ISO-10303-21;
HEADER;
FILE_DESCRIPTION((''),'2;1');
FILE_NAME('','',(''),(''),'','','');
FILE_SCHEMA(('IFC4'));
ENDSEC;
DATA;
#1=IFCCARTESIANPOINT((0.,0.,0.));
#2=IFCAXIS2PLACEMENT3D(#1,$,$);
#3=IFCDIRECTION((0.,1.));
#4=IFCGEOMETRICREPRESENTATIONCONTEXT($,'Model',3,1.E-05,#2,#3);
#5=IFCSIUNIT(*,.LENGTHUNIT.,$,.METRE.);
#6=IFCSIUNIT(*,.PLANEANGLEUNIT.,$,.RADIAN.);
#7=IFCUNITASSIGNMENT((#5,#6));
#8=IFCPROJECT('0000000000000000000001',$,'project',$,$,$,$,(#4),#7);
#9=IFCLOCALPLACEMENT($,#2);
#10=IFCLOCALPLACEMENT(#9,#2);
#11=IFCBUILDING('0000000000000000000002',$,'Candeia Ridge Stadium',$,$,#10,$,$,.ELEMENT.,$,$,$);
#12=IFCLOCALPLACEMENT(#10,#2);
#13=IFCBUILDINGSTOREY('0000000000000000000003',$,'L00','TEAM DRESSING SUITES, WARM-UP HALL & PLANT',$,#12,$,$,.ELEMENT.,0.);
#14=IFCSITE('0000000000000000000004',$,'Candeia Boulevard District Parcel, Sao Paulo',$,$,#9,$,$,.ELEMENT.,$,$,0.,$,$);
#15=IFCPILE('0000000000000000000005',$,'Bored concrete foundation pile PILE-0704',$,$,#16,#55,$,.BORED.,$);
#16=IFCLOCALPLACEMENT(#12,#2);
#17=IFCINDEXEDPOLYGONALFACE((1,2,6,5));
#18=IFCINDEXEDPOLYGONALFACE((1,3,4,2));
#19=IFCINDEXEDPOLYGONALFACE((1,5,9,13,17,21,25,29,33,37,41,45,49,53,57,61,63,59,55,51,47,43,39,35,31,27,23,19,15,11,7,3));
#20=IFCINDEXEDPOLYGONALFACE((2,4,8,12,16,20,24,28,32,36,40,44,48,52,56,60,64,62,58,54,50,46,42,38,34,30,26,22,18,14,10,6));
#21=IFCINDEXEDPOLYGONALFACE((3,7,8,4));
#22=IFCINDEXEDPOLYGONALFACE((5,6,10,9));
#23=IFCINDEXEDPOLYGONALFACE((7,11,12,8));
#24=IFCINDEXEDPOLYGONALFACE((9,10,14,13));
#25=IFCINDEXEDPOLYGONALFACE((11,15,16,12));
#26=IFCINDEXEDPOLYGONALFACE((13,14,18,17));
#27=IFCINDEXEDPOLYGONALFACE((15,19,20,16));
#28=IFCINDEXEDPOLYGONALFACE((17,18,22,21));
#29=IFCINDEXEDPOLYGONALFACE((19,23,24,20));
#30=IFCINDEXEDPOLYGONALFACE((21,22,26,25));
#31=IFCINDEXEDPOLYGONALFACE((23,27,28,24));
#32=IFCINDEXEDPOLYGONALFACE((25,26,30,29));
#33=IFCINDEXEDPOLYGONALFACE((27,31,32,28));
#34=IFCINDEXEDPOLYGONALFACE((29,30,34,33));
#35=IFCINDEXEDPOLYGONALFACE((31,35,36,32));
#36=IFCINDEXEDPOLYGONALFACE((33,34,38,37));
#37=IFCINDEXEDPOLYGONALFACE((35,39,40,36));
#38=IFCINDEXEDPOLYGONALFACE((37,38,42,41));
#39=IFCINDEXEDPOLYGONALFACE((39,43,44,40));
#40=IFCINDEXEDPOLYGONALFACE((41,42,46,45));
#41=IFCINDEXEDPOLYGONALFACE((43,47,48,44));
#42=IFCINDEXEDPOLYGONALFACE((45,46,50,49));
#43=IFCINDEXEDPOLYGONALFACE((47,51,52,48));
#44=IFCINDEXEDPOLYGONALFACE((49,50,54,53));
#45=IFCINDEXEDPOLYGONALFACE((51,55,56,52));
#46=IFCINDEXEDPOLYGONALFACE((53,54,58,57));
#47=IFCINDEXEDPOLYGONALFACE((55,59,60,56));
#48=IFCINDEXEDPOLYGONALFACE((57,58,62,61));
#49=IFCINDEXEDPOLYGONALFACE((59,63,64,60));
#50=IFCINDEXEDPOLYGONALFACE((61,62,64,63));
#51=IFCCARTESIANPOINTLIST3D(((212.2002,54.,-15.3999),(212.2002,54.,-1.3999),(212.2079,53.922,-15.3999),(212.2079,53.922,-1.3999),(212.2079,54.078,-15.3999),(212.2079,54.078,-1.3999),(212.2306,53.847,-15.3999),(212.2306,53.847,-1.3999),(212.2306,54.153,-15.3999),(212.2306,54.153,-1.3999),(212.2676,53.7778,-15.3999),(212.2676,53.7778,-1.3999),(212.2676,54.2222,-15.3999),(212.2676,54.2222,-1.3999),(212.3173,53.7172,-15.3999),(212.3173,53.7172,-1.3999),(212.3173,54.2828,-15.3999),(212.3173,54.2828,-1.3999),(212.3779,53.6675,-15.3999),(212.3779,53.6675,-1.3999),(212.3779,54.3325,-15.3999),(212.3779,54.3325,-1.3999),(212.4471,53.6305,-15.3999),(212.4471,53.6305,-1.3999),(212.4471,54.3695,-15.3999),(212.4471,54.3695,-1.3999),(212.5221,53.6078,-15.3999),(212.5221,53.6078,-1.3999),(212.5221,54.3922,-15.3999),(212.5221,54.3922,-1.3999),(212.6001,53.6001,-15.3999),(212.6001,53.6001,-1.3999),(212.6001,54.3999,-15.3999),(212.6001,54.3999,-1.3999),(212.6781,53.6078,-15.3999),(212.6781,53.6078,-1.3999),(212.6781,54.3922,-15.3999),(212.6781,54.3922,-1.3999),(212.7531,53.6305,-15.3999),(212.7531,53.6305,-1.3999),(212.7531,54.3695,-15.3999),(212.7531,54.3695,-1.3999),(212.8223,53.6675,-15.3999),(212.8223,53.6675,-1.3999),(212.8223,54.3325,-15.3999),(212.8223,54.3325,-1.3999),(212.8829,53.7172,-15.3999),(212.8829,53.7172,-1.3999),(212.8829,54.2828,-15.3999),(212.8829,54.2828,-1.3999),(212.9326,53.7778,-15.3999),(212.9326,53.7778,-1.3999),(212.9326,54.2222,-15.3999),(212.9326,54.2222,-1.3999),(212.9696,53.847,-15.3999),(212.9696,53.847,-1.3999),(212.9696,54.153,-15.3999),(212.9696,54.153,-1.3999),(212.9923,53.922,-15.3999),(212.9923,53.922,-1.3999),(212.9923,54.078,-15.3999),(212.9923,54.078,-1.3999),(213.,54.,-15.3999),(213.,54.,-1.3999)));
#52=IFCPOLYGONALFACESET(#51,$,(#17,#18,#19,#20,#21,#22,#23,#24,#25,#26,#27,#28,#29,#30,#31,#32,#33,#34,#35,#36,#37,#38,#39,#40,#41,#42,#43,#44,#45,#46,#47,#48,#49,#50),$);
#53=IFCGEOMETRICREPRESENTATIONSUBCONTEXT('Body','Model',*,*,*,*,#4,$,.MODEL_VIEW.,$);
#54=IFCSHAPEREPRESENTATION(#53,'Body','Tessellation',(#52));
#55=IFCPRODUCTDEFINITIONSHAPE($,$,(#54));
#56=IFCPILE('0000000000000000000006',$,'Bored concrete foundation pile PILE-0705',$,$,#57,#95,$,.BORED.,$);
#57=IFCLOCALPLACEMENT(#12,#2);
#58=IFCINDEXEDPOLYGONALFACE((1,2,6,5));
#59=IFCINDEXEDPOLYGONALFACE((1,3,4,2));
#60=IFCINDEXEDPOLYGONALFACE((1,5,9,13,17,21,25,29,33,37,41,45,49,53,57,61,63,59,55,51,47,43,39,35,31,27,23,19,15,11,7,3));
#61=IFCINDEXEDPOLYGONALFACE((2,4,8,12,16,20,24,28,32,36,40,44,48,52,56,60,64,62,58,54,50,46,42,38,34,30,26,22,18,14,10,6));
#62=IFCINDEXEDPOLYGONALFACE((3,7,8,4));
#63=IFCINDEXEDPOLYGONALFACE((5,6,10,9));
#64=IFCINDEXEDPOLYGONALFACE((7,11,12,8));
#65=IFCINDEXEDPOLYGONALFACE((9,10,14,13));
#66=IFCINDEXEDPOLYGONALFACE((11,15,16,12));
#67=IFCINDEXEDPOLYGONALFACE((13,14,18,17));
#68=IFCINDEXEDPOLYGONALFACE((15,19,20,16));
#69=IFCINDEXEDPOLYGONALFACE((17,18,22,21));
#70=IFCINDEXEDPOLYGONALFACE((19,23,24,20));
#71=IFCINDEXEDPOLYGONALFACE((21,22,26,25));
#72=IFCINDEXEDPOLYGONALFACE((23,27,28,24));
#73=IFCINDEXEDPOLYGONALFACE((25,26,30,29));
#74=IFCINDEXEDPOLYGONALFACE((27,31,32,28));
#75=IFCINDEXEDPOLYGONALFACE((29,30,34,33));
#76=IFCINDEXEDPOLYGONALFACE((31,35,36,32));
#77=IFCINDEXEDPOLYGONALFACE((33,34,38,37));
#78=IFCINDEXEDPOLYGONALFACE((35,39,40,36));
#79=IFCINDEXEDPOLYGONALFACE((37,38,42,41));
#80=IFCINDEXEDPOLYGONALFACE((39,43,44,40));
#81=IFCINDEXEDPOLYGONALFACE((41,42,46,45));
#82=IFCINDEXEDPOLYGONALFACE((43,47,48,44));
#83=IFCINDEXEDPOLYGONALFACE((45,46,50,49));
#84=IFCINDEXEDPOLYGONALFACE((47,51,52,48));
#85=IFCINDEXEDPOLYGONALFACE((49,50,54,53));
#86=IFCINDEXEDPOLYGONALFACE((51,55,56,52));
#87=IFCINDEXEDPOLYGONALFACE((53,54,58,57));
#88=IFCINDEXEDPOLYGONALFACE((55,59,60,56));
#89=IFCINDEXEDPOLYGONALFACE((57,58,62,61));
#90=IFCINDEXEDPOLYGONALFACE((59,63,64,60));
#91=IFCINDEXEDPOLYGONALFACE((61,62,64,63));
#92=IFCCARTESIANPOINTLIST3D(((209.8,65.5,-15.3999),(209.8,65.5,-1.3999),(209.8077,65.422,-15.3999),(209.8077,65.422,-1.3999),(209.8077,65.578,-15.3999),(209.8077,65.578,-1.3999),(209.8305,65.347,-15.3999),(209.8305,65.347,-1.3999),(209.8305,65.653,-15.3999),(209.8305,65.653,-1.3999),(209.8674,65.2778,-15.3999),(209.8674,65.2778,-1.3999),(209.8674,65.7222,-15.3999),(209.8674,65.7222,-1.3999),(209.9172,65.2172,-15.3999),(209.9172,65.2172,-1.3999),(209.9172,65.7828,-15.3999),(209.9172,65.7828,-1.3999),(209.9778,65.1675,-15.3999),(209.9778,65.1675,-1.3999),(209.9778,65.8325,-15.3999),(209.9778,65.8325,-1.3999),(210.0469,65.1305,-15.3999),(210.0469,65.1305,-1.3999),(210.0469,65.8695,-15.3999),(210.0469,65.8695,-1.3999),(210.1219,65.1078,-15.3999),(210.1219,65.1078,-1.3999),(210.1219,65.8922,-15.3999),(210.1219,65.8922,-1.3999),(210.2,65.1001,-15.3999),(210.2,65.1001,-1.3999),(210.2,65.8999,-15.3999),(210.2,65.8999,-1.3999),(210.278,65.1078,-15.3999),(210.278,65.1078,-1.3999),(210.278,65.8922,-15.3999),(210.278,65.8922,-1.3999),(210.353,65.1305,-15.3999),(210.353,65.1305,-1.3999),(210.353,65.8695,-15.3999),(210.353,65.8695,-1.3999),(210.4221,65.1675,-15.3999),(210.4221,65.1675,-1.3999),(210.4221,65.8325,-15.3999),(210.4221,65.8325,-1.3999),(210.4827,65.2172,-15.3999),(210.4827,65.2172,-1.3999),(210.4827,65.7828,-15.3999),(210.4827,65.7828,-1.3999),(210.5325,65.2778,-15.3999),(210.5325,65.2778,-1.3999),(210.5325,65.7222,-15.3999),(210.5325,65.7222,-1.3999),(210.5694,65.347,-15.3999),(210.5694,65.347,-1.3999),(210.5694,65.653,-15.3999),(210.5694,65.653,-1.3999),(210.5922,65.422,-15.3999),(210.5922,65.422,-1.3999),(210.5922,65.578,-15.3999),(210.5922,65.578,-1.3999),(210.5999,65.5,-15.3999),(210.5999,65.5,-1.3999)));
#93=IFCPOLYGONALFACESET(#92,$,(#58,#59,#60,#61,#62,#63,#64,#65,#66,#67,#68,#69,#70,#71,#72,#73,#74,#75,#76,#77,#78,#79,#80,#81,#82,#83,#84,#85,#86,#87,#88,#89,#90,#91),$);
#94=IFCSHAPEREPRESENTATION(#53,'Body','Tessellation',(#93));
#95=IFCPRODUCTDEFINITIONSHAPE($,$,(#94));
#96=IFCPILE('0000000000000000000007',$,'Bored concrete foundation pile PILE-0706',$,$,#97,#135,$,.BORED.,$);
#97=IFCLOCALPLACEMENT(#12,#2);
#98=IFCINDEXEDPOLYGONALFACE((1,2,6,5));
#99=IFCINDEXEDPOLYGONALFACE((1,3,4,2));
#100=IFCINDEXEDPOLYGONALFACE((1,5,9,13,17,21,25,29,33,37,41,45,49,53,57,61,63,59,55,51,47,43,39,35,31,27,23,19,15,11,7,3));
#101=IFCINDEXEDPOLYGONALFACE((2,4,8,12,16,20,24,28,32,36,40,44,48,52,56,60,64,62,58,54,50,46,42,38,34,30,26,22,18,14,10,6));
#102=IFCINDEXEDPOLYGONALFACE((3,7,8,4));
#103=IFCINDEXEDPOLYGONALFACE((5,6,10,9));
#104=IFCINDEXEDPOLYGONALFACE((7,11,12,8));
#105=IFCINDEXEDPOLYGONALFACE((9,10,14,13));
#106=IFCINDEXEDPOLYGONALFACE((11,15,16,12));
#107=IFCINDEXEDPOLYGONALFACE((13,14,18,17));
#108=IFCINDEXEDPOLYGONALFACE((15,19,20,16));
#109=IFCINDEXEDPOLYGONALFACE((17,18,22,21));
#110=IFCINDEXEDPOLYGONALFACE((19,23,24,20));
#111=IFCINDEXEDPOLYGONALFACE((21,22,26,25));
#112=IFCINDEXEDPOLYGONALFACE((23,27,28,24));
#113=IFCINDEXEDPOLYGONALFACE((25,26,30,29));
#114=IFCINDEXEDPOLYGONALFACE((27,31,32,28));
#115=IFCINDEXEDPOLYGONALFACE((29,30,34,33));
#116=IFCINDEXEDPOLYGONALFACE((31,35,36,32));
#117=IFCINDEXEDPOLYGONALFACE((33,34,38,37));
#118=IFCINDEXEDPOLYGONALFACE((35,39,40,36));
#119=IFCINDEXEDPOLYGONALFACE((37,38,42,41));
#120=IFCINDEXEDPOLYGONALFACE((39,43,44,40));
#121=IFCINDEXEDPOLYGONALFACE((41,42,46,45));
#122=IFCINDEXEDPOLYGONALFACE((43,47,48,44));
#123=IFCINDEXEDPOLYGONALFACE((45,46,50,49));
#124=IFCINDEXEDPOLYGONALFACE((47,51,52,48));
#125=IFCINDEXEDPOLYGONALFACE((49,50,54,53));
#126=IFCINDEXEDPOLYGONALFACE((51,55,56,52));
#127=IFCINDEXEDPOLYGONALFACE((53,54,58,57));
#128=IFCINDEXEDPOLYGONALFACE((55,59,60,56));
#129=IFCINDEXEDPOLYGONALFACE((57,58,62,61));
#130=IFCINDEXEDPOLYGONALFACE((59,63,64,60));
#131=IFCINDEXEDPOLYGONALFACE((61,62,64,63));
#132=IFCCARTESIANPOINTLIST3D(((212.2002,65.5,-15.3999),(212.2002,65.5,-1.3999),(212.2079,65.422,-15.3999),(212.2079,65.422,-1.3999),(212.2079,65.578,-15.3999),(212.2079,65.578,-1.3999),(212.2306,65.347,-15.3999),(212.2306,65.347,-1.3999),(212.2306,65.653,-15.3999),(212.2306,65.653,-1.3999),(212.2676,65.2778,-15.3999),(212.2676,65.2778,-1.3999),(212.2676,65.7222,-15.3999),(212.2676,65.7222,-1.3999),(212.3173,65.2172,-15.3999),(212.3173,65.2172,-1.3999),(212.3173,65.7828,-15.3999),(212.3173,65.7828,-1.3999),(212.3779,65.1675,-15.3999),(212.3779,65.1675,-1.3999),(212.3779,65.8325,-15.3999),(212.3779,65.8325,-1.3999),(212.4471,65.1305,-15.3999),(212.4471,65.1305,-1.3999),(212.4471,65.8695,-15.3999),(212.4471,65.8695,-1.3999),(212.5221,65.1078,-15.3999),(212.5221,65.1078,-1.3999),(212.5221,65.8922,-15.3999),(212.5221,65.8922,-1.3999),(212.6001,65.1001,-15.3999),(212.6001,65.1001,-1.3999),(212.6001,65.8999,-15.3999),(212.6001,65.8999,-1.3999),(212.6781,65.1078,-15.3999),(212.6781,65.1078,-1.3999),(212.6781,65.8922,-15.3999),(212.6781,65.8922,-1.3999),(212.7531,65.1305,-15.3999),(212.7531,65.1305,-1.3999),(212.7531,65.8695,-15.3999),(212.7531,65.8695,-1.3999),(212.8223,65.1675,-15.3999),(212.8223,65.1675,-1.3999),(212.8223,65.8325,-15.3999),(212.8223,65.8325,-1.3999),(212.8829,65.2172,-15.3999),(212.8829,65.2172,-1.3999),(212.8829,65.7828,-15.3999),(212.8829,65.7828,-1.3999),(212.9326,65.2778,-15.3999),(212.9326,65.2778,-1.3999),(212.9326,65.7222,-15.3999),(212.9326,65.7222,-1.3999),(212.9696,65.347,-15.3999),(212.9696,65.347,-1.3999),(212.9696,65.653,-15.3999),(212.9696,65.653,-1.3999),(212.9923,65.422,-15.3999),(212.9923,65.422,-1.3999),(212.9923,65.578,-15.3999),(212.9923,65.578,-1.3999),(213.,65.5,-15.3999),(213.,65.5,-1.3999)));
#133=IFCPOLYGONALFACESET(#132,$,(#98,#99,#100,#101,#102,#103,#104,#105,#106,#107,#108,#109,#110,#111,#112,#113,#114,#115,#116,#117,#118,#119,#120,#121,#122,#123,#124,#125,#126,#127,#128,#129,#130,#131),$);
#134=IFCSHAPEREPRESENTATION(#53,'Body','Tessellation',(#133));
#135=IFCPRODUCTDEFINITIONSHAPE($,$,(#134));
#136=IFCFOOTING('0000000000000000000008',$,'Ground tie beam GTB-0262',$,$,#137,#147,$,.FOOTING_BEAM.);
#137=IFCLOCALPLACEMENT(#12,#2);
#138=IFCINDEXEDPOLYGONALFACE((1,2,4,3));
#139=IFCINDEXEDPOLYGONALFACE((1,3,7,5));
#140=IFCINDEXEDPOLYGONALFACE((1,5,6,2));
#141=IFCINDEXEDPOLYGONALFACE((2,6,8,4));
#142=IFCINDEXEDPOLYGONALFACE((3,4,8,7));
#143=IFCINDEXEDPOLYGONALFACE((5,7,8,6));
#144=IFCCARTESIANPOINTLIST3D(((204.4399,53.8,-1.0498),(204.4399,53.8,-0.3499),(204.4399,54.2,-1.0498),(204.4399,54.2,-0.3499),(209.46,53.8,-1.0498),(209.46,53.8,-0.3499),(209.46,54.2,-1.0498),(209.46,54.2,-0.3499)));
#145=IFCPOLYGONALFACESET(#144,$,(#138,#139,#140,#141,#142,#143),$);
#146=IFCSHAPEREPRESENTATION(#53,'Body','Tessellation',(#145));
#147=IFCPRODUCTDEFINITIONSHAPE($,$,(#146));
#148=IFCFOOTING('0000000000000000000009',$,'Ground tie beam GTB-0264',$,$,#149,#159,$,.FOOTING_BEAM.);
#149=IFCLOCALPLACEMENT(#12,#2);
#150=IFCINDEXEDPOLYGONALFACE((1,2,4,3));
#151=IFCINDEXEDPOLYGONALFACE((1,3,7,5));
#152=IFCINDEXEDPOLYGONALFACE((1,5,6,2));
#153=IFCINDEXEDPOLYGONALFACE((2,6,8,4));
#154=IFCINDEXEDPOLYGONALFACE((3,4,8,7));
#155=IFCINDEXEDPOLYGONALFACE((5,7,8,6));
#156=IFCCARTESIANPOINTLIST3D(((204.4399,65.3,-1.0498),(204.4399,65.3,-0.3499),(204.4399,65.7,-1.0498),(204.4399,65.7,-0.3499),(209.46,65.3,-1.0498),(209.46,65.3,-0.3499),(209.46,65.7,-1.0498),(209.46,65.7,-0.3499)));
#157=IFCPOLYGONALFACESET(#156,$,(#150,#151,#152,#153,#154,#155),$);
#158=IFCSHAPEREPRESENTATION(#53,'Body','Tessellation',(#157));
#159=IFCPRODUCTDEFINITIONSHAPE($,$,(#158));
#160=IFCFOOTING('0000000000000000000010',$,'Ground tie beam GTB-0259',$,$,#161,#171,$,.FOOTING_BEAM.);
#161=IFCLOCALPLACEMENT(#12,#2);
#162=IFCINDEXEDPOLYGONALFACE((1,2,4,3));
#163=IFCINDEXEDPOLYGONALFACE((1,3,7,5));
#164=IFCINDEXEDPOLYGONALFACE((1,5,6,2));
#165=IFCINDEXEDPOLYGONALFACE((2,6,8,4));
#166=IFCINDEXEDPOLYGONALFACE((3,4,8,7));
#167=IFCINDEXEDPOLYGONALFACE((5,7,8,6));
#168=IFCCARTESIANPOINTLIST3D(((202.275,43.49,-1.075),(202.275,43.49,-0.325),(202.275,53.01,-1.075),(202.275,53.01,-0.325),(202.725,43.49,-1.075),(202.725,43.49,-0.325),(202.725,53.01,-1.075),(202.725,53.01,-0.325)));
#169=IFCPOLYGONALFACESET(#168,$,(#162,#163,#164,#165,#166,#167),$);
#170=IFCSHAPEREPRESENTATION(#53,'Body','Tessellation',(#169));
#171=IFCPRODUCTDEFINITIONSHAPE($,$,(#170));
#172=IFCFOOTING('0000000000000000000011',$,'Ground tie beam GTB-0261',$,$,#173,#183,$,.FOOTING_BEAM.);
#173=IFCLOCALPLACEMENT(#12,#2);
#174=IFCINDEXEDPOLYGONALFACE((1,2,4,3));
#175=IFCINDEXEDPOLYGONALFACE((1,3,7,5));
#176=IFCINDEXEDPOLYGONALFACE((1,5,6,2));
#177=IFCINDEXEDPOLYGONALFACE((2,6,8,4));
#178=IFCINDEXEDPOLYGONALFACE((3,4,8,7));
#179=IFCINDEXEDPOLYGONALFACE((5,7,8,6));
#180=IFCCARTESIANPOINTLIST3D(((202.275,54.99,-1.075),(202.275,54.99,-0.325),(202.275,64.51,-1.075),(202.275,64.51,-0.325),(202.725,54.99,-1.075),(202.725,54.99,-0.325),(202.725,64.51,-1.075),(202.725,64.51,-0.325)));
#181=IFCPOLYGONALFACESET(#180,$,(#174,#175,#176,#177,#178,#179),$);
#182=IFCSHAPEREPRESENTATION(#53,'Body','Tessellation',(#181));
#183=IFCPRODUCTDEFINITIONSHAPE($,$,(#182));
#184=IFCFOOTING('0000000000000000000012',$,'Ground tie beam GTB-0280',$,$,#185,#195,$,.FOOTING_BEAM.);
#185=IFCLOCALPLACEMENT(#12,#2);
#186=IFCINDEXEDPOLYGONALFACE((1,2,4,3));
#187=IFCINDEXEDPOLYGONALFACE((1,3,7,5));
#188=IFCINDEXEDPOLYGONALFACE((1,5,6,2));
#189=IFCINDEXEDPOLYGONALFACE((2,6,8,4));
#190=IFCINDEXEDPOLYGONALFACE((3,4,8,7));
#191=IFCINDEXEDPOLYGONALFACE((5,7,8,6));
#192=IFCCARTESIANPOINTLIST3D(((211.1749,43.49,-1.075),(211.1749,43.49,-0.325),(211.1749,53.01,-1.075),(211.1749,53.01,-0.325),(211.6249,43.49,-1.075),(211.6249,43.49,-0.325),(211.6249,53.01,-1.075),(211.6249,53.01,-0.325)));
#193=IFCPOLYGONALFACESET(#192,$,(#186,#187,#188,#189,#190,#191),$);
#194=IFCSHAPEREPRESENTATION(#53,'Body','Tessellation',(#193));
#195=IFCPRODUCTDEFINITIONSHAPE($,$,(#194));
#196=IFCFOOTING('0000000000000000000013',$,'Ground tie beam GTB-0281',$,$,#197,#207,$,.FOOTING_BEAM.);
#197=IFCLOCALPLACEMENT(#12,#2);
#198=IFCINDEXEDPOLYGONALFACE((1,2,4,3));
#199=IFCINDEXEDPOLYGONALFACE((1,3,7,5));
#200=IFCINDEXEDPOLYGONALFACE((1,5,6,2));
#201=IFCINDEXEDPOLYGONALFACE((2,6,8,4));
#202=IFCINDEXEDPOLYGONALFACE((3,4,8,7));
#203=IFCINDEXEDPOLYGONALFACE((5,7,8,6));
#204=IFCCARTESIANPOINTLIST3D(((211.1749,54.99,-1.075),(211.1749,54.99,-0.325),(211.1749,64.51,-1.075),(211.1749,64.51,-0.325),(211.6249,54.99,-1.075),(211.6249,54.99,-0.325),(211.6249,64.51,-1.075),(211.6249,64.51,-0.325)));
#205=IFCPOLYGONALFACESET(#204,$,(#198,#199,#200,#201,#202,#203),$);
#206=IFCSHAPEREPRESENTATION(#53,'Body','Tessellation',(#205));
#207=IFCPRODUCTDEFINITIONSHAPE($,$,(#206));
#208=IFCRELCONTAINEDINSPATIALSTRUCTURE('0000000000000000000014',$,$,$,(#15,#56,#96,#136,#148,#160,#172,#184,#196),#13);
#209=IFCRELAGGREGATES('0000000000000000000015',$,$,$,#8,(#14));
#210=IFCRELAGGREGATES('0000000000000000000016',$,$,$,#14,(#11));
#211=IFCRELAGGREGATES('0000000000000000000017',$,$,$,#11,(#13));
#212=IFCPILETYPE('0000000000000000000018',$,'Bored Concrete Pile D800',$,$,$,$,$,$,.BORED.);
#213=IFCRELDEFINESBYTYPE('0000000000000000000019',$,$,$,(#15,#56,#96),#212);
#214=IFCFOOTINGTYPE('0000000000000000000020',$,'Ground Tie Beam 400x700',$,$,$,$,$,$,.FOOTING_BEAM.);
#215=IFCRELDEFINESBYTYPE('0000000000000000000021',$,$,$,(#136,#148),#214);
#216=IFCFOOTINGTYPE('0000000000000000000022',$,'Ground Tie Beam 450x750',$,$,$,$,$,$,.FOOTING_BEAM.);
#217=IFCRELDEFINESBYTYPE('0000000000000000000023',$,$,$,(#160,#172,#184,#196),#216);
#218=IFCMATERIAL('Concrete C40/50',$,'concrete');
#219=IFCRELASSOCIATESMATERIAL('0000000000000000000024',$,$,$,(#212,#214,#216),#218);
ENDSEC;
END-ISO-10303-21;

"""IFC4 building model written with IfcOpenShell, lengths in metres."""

from ifc_helpers import new_model, si_unit, direction, frame, origin, origin_2d, place, context, subcontext, project, spatial, rectangle, circle, extrude, material, material_profile, profile_set, type_object, element, save


model = new_model("IFC4")

# Units and contexts
model_context = context("Model", 3, precision=1e-05, world=origin(), true_north=direction((0.0, 1.0)))
body_context = subcontext(model_context, "Body", "Model", "MODEL_VIEW")
ifc_project = project(units=[si_unit("LENGTHUNIT", "METRE"), si_unit("PLANEANGLEUNIT", "RADIAN")], contexts=[model_context])

# Site, building, storey
site_placement = place(None, origin())
site = spatial("IfcSite", under=ifc_project, at=site_placement, Name="Candeia Boulevard District Parcel, Sao Paulo", CompositionType="ELEMENT", RefElevation=0.0)
building_placement = place(site_placement, origin())
building = spatial("IfcBuilding", under=site, at=building_placement, Name="Candeia Ridge Stadium", CompositionType="ELEMENT")
storey_placement = place(building_placement, origin())
storey = spatial("IfcBuildingStorey", under=building, at=storey_placement, Name="L00", Description="TEAM DRESSING SUITES, WARM-UP HALL & PLANT", CompositionType="ELEMENT", Elevation=0.0)

# Piles
ifc_material_1 = material(Name="Concrete C40/50", Category="concrete")
ifc_material_profile_1 = material_profile(ifc_material_1, circle(Radius=0.3999, at=origin_2d()), Name="PILE-D800", Category="concrete")
ifc_profile_set_1 = profile_set([ifc_material_profile_1], Name="Concrete C40/50")
pile_type = type_object("IfcPileType", Name="Bored Concrete Pile D800", PredefinedType="BORED", material=ifc_profile_set_1)
for number, where, z_axis, x_axis, name in (
    (1, (212.6001, 54.0, -1.3999), (0.0, 0.0, -1.0), (1.0, 0.0, 0.0), "Bored concrete foundation pile PILE-0704"),
    (2, (210.2, 65.5, -1.3999), (0.0, 0.0, -1.0), (1.0, 0.0, 0.0), "Bored concrete foundation pile PILE-0705"),
    (3, (212.6001, 65.5, -1.3999), (0.0, 0.0, -1.0), (1.0, 0.0, 0.0), "Bored concrete foundation pile PILE-0706"),
):
    element("IfcPile", number, at=place(storey_placement, frame(where, z_axis=z_axis, x_axis=x_axis)), inside=storey, type_object=pile_type, Name=name, PredefinedType="BORED", context=body_context, shape_type="SweptSolid", body=[
        extrude(circle(Radius=0.3999, at=origin_2d()), origin(), (0.0, 0.0, 1.0), 14.0),
    ])

# Footings
footing_type_1 = type_object("IfcFootingType", Name="Ground Tie Beam 400x700", PredefinedType="FOOTING_BEAM", material=ifc_material_1)
for number, where, z_axis, x_axis, name in (
    (4, (206.95, 54.0, -1.0498), (0.0, 0.0, 1.0), (1.0, 0.0, 0.0), "Ground tie beam GTB-0262"),
    (5, (206.95, 65.5, -1.0498), (0.0, 0.0, 1.0), (1.0, 0.0, 0.0), "Ground tie beam GTB-0264"),
):
    element("IfcFooting", number, at=place(storey_placement, frame(where, z_axis=z_axis, x_axis=x_axis)), inside=storey, type_object=footing_type_1, Name=name, PredefinedType="FOOTING_BEAM", context=body_context, shape_type="SweptSolid", body=[
        extrude(rectangle(XDim=5.02, YDim=0.3999, at=origin_2d()), origin(), (0.0, 0.0, 1.0), 0.7),
    ])
footing_type_2 = type_object("IfcFootingType", Name="Ground Tie Beam 450x750", PredefinedType="FOOTING_BEAM", material=ifc_material_1)
for number, where, z_axis, x_axis, name in (
    (6, (202.5, 48.25, -1.075), (0.0, 0.0, 1.0), (0.0, 1.0, 0.0), "Ground tie beam GTB-0259"),
    (7, (202.5, 59.75, -1.075), (0.0, 0.0, 1.0), (0.0, 1.0, 0.0), "Ground tie beam GTB-0261"),
    (8, (211.3999, 48.25, -1.075), (0.0, 0.0, 1.0), (0.0, 1.0, 0.0), "Ground tie beam GTB-0280"),
    (9, (211.3999, 59.75, -1.075), (0.0, 0.0, 1.0), (0.0, 1.0, 0.0), "Ground tie beam GTB-0281"),
):
    element("IfcFooting", number, at=place(storey_placement, frame(where, z_axis=z_axis, x_axis=x_axis)), inside=storey, type_object=footing_type_2, Name=name, PredefinedType="FOOTING_BEAM", context=body_context, shape_type="SweptSolid", body=[
        extrude(rectangle(XDim=9.52, YDim=0.45, at=origin_2d()), origin(), (0.0, 0.0, 1.0), 0.75),
    ])

save(model, "model.ifc")
